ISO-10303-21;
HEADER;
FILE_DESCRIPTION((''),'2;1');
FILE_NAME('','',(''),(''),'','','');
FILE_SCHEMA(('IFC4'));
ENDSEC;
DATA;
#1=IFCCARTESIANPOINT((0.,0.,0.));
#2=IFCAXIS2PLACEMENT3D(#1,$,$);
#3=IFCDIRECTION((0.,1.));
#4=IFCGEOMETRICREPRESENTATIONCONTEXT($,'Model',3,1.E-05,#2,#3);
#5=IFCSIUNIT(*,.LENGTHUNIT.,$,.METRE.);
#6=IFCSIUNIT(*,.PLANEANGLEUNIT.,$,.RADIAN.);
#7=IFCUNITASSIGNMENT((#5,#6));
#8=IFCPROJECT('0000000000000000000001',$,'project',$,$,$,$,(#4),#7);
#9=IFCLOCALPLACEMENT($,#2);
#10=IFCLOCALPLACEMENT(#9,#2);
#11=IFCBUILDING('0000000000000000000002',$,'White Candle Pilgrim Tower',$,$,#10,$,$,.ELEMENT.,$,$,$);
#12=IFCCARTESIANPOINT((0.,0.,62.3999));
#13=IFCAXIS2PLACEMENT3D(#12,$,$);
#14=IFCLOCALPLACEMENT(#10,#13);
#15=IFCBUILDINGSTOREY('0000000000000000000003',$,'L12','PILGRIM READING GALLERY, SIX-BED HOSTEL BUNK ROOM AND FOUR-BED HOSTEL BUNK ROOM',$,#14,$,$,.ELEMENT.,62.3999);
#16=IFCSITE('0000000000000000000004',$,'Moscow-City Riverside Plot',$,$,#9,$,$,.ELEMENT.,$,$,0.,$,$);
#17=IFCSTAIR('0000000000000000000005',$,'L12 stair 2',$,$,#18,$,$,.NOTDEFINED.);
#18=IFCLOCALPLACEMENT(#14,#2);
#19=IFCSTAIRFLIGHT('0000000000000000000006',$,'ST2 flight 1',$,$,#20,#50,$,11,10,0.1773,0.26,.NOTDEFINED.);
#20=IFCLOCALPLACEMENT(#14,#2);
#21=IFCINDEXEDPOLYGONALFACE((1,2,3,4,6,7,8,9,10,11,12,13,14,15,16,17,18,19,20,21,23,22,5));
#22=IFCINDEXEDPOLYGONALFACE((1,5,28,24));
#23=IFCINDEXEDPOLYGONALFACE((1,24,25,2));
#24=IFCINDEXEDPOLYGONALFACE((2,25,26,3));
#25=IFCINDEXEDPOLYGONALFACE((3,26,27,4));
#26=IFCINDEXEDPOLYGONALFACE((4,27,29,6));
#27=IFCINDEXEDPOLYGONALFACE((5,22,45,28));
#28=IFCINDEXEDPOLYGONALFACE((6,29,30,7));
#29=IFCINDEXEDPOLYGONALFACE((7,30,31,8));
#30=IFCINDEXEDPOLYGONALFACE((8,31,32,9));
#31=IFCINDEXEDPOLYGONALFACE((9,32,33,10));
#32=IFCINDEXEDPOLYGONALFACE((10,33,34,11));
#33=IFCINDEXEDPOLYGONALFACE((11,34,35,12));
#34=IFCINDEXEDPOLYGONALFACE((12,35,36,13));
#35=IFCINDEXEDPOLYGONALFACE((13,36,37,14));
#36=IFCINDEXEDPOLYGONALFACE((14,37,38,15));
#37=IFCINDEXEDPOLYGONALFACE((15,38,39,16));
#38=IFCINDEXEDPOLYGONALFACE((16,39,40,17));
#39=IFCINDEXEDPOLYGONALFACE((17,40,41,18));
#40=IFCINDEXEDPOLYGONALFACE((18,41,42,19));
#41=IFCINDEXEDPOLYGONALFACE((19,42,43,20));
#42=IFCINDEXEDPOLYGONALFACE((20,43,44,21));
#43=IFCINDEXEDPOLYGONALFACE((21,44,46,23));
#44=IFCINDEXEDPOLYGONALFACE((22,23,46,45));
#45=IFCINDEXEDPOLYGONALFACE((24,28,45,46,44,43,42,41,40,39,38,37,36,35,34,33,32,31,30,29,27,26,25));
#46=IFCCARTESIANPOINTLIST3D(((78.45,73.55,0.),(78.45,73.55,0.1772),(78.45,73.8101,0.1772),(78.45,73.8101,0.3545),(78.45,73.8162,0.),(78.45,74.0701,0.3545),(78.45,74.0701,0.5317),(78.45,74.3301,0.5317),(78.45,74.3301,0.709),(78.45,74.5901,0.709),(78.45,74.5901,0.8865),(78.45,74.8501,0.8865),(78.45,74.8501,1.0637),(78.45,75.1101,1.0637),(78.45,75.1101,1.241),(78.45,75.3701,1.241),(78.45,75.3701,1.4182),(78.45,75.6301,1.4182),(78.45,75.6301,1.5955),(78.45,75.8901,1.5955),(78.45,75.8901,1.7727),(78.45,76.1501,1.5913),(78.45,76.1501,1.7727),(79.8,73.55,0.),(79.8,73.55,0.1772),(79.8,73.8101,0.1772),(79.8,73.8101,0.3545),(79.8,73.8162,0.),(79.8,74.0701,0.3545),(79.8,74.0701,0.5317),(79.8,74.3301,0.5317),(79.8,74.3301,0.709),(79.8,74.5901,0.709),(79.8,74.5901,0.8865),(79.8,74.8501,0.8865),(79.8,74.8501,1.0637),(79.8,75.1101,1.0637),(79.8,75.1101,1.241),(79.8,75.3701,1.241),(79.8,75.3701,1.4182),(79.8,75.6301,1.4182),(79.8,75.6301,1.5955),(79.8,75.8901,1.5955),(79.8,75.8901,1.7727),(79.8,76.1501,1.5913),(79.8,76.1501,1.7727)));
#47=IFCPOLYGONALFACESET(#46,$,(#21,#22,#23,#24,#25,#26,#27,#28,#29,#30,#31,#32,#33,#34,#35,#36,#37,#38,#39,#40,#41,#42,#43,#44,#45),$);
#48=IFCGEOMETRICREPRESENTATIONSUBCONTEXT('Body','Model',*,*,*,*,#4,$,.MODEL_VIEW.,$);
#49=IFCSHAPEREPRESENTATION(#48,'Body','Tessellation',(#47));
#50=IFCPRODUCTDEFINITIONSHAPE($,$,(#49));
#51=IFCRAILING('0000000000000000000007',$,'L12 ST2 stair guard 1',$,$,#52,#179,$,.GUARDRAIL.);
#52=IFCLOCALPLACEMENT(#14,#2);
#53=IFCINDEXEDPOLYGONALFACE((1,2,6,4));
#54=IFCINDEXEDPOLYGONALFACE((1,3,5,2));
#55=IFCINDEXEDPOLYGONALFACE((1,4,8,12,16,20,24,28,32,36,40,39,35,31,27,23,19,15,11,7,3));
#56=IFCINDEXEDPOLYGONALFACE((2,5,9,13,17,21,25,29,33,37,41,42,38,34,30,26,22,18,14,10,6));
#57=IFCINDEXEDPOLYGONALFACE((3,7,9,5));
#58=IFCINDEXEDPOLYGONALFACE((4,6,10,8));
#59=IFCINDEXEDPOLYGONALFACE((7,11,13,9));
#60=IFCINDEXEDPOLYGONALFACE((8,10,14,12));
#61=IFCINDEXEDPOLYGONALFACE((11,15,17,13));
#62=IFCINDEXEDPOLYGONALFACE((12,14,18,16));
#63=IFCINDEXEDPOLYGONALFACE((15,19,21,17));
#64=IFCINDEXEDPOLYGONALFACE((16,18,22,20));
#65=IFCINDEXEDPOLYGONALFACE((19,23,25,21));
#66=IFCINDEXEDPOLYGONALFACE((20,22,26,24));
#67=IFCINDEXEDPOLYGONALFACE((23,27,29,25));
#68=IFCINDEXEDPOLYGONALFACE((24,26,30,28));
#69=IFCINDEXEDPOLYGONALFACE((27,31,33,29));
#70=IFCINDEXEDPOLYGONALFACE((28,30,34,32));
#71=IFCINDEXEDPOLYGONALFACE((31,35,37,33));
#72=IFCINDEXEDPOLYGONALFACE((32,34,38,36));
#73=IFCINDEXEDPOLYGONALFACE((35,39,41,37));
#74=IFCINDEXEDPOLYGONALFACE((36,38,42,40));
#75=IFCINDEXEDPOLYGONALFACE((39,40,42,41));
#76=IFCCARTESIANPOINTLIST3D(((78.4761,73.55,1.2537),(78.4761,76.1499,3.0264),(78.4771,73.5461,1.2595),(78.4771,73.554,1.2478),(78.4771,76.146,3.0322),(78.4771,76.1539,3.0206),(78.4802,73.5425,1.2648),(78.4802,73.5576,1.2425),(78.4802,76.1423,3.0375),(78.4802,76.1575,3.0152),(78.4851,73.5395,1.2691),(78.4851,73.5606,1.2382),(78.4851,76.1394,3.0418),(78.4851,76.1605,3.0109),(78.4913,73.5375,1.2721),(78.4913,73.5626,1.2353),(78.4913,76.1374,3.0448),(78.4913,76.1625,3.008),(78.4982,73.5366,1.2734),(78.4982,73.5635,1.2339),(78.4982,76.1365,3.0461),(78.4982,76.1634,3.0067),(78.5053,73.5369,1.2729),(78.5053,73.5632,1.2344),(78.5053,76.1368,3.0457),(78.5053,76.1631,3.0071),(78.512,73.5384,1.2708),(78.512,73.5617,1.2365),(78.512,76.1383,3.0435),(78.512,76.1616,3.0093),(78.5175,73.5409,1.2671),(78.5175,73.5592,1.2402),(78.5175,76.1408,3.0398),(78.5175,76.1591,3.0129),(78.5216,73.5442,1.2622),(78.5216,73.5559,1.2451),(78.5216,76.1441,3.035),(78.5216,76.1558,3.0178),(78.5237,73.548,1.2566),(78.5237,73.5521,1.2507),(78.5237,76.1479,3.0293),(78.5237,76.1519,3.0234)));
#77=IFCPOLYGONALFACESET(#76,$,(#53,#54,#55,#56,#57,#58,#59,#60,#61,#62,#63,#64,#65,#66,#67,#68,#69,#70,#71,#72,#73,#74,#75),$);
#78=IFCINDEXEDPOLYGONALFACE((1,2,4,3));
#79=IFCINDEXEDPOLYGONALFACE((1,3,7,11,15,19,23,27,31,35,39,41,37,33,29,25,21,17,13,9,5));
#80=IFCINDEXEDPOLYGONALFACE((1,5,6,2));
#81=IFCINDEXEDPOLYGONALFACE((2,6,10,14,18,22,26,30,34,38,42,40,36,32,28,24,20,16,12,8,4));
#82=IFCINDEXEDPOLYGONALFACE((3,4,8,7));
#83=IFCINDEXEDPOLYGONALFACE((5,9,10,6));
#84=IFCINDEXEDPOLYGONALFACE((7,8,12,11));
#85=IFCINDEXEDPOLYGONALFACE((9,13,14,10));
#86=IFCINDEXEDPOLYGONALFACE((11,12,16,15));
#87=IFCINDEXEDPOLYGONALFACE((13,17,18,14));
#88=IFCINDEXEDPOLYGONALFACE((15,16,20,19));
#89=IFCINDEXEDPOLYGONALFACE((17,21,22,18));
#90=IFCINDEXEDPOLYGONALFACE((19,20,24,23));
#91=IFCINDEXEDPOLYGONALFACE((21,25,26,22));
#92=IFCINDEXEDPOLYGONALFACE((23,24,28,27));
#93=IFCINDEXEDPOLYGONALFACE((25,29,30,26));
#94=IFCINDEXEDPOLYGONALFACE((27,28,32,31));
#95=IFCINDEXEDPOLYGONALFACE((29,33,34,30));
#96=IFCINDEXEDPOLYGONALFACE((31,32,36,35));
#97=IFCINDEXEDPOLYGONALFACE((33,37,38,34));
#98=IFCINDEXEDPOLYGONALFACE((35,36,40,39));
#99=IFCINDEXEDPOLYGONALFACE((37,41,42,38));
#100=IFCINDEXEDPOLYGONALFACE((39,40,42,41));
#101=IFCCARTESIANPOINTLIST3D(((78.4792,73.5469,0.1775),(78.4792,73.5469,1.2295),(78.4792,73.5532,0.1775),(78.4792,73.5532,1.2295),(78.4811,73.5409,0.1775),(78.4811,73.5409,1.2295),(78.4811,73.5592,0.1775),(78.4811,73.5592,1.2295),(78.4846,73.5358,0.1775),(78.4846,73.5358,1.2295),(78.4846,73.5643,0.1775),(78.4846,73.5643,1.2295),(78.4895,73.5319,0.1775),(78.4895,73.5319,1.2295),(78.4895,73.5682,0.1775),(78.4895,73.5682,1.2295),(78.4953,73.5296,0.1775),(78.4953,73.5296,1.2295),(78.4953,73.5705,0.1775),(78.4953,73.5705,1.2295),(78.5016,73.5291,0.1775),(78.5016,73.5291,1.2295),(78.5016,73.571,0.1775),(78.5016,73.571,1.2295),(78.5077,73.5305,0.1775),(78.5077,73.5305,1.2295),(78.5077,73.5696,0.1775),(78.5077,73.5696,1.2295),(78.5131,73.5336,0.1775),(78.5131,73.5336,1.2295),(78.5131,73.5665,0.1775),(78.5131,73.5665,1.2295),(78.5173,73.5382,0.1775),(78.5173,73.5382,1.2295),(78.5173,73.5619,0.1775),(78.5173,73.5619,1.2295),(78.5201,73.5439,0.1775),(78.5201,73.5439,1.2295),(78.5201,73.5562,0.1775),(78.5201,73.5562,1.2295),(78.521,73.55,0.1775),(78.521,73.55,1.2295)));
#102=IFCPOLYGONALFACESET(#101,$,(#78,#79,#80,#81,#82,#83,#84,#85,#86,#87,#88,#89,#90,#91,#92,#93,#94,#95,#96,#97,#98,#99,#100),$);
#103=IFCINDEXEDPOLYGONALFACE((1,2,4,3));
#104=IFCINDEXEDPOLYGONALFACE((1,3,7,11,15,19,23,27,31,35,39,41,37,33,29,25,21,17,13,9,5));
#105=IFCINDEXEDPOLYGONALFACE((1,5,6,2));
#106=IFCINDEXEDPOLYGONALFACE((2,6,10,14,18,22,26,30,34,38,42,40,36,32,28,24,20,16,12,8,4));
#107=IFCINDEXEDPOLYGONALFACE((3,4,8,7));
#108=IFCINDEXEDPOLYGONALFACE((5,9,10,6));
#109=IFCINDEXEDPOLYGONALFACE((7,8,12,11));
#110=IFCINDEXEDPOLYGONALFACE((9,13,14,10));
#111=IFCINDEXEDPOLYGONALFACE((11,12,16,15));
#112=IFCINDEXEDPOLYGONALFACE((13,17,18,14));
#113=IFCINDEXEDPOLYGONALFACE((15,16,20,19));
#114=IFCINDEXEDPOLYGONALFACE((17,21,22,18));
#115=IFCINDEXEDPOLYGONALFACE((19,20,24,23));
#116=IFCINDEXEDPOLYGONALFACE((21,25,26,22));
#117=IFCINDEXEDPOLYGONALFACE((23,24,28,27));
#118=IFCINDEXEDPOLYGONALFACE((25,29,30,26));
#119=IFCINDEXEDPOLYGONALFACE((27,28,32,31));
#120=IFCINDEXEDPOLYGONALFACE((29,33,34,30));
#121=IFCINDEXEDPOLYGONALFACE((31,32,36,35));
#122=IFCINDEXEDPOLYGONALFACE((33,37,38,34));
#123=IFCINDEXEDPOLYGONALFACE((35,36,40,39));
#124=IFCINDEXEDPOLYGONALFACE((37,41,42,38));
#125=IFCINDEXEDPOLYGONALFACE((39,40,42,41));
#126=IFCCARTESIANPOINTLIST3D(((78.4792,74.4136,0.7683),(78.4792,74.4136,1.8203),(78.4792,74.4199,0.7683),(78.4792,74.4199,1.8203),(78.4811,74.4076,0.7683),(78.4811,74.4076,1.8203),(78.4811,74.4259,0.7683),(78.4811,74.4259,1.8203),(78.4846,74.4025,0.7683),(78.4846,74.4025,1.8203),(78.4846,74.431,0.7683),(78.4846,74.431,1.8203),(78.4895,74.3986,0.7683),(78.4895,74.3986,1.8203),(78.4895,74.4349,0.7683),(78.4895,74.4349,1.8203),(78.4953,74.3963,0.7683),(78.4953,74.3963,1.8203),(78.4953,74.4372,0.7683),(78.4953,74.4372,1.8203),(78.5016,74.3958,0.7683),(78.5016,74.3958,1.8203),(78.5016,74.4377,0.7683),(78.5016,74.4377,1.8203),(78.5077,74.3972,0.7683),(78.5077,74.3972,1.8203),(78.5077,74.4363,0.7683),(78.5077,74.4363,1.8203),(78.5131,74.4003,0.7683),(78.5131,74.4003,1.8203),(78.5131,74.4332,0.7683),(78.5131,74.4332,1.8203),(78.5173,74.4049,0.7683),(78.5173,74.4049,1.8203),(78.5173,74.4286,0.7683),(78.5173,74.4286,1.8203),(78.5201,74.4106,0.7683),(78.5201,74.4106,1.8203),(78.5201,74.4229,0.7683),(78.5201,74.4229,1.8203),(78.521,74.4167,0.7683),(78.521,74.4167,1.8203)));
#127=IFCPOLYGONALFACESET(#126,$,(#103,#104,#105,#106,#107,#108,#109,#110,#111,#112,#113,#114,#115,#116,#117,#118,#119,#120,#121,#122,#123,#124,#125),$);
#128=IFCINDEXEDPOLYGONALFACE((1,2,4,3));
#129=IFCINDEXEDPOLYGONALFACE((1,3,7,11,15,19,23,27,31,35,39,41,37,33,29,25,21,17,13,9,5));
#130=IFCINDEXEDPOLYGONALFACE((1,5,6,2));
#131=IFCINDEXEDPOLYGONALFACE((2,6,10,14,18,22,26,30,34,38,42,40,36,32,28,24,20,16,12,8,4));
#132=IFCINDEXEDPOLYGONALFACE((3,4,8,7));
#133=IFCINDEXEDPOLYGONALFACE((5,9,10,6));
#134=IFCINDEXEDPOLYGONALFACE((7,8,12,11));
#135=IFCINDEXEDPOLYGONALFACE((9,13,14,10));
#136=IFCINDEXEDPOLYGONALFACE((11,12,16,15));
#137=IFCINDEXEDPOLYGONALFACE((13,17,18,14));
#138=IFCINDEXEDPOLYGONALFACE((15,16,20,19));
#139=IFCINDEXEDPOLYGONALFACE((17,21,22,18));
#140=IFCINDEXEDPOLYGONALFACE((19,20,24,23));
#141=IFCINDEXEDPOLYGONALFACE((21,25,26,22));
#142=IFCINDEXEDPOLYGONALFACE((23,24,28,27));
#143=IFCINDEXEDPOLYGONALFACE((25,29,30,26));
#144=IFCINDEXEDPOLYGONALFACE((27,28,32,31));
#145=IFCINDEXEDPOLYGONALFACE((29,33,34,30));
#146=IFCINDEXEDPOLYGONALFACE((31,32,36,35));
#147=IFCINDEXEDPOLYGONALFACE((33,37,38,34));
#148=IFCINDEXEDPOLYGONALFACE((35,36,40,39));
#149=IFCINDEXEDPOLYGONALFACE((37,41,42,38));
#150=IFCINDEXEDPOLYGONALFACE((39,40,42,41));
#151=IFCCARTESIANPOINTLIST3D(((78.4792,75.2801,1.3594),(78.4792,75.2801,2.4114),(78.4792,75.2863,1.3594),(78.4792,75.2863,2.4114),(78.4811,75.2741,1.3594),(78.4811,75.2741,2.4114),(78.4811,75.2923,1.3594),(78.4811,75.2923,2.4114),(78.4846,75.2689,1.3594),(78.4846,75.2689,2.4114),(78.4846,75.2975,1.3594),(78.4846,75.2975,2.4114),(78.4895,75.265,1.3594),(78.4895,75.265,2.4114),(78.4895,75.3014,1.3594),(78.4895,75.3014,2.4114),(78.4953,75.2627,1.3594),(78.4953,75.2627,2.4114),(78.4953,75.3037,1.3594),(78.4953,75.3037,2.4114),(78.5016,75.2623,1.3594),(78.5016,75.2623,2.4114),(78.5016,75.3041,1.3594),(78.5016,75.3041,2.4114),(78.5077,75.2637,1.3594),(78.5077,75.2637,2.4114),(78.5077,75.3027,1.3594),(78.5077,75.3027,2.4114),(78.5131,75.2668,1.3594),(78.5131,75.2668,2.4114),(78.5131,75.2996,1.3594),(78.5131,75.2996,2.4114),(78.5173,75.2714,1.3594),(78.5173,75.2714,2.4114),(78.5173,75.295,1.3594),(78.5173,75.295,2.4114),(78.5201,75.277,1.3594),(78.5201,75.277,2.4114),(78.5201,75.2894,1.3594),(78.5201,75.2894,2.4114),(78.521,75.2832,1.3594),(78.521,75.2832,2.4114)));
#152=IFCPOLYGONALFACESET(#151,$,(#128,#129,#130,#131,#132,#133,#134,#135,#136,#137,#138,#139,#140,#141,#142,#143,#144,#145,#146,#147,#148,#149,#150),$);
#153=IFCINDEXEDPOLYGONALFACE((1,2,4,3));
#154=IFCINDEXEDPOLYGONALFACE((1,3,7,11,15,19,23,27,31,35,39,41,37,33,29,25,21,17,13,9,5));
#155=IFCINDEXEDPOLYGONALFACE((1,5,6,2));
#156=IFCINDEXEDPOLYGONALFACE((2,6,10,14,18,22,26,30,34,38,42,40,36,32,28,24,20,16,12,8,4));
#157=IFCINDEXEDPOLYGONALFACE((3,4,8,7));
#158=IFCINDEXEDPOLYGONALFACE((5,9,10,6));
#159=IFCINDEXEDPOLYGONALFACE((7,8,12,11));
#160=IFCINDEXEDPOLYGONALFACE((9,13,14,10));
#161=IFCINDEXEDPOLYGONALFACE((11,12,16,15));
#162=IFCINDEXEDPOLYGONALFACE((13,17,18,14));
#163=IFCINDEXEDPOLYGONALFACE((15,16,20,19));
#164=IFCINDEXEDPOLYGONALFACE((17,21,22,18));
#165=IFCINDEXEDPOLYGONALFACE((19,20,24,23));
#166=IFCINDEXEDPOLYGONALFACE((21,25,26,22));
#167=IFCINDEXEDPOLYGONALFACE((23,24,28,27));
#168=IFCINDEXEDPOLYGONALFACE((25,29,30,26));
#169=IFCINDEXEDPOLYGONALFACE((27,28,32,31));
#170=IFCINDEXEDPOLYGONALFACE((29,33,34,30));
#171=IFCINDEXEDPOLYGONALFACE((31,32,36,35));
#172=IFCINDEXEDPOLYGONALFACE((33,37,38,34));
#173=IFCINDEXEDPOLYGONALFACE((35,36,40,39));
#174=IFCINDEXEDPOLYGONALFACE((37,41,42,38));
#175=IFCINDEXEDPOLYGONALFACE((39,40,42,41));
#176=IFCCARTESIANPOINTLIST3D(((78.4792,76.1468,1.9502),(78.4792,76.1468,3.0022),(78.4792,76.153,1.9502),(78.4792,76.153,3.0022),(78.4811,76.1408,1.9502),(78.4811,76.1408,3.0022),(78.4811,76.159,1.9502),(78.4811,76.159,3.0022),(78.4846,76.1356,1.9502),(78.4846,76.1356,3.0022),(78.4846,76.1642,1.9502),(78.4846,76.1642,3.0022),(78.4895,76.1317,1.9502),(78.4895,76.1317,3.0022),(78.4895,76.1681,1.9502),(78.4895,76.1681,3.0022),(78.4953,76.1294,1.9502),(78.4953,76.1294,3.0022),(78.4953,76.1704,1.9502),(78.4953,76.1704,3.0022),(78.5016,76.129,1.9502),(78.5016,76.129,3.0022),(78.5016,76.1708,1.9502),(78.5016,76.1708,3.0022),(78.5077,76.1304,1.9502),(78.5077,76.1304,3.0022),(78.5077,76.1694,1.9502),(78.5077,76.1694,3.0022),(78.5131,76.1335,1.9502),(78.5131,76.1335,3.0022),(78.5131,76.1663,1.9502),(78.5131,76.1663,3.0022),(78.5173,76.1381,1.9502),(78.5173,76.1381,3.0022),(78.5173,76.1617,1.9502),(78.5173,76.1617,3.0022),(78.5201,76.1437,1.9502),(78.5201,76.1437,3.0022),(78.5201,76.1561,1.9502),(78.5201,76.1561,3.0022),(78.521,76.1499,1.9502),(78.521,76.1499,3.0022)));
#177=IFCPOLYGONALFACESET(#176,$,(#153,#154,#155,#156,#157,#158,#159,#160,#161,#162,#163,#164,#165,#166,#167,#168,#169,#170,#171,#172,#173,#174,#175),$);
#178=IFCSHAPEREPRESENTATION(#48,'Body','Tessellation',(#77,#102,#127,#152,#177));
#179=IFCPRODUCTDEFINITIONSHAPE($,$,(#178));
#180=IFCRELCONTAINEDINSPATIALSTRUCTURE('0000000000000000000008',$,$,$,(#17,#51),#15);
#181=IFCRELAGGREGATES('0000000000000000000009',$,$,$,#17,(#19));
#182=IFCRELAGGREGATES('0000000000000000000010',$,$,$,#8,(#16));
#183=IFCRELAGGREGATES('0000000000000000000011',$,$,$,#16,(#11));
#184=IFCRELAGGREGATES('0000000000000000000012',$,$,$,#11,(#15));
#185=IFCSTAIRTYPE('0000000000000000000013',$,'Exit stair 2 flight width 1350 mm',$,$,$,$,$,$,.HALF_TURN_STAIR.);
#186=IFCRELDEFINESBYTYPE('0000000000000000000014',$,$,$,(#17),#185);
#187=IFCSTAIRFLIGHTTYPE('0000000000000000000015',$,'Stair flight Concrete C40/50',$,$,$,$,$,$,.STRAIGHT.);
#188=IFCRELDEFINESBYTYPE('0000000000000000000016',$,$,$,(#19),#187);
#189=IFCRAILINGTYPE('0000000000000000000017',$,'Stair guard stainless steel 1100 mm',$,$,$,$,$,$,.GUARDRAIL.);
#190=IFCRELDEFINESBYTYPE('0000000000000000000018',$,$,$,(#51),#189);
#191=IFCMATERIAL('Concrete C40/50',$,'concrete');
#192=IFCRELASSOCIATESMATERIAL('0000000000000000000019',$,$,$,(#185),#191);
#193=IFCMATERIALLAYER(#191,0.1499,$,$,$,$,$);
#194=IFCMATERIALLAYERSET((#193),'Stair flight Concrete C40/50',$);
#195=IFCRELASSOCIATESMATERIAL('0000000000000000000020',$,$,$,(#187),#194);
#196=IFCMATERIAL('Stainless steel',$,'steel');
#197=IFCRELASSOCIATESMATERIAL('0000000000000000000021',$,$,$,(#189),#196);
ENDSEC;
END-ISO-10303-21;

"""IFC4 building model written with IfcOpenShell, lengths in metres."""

from ifc_helpers import new_model, si_unit, direction, frame, origin, origin_2d, place, context, subcontext, project, spatial, polyline, circle, outline, extrude, material, layer, layer_set, type_object, element, aggregate, save


model = new_model("IFC4")

# Units and contexts
model_context = context("Model", 3, precision=1e-05, world=origin(), true_north=direction((0.0, 1.0)))
body_context = subcontext(model_context, "Body", "Model", "MODEL_VIEW")
ifc_project = project(units=[si_unit("LENGTHUNIT", "METRE"), si_unit("PLANEANGLEUNIT", "RADIAN")], contexts=[model_context])

# Site, building, storey
site_placement = place(None, origin())
site = spatial("IfcSite", under=ifc_project, at=site_placement, Name="Moscow-City Riverside Plot", CompositionType="ELEMENT", RefElevation=0.0)
building_placement = place(site_placement, origin())
building = spatial("IfcBuilding", under=site, at=building_placement, Name="White Candle Pilgrim Tower", CompositionType="ELEMENT")
storey_placement = place(building_placement, frame((0.0, 0.0, 62.3999)))
storey = spatial("IfcBuildingStorey", under=building, at=storey_placement, Name="L12", Description="PILGRIM READING GALLERY, SIX-BED HOSTEL BUNK ROOM AND FOUR-BED HOSTEL BUNK ROOM", CompositionType="ELEMENT", Elevation=62.3999)

# Stair, stair flight
ifc_material_1 = material(Name="Concrete C40/50", Category="concrete")
stair_type = type_object("IfcStairType", Name="Exit stair 2 flight width 1350 mm", PredefinedType="HALF_TURN_STAIR", material=ifc_material_1)
stair_placement = place(storey_placement, origin())
stair = element("IfcStair", 1, at=stair_placement, inside=storey, type_object=stair_type, Name="L12 stair 2", PredefinedType="NOTDEFINED")
ifc_layer_1 = layer(ifc_material_1, 0.1499)
ifc_layer_set_1 = layer_set([ifc_layer_1], Name="Stair flight Concrete C40/50")
stair_flight_type = type_object("IfcStairFlightType", Name="Stair flight Concrete C40/50", PredefinedType="STRAIGHT", material=ifc_layer_set_1)
stair_flight_placement = place(storey_placement, frame((79.125, 73.55, 0.0), z_axis=(0.0, 0.0, 1.0), x_axis=(0.0, 1.0, 0.0)))
stair_flight = element("IfcStairFlight", 2, at=stair_flight_placement, type_object=stair_flight_type, Name="ST2 flight 1", NumberOfRisers=11, NumberOfTreads=10, PredefinedType="NOTDEFINED", RiserHeight=0.1773, TreadLength=0.26, context=body_context, shape_type="SweptSolid", body=[
    extrude(outline(polyline([(0.0, 0.0), (0.0, 0.1772), (0.26, 0.1772), (0.26, 0.3545), (0.52, 0.3545), (0.52, 0.5317), (0.78, 0.5317), (0.78, 0.709), (1.04, 0.709), (1.04, 0.8865), (1.3, 0.8865), (1.3, 1.0637), (1.5601, 1.0637), (1.5601, 1.241), (1.8201, 1.241), (1.8201, 1.4182), (2.0801, 1.4182), (2.0801, 1.5955), (2.3401, 1.5955), (2.3401, 1.7727), (2.6001, 1.7727), (2.6001, 1.95), (2.6001, 1.5913), (0.2661, 0.0), (0.0, 0.0)])), frame((0.0, 0.675, 0.0), z_axis=(0.0, -1.0, 0.0), x_axis=(1.0, 0.0, 0.0)), (0.0, 0.0, 1.0), 1.3501),
])
aggregate(stair, [stair_flight])

# Railing
ifc_material_2 = material(Name="Stainless steel", Category="steel")
railing_type_1 = type_object("IfcRailingType", Name="Stair guard stainless steel 1100 mm", PredefinedType="GUARDRAIL", material=ifc_material_2)
railing_1_placement = place(storey_placement, frame((78.5, 73.55, 0.1775)))
element("IfcRailing", 3, at=railing_1_placement, inside=storey, type_object=railing_type_1, Name="L12 ST2 stair guard 1", PredefinedType="GUARDRAIL", context=body_context, shape_type="SweptSolid", body=[
    extrude(circle(Radius=0.0239, at=origin_2d()), frame((0.0, 0.0, 1.0762), z_axis=(0.0, 0.826216, 0.563354), x_axis=(-1.0, 0.0, 0.0)), (0.0, 0.0, 1.0), 3.1467),
    extrude(circle(Radius=0.021, at=origin_2d()), origin(), (0.0, 0.0, 1.0), 1.052),
    extrude(circle(Radius=0.021, at=origin_2d()), frame((0.0, 0.8667, 0.5908)), (0.0, 0.0, 1.0), 1.052),
    extrude(circle(Radius=0.021, at=origin_2d()), frame((0.0, 1.7332, 1.1819)), (0.0, 0.0, 1.0), 1.052),
    extrude(circle(Radius=0.021, at=origin_2d()), frame((0.0, 2.5999, 1.7727)), (0.0, 0.0, 1.0), 1.052),
])

save(model, "model.ifc")
